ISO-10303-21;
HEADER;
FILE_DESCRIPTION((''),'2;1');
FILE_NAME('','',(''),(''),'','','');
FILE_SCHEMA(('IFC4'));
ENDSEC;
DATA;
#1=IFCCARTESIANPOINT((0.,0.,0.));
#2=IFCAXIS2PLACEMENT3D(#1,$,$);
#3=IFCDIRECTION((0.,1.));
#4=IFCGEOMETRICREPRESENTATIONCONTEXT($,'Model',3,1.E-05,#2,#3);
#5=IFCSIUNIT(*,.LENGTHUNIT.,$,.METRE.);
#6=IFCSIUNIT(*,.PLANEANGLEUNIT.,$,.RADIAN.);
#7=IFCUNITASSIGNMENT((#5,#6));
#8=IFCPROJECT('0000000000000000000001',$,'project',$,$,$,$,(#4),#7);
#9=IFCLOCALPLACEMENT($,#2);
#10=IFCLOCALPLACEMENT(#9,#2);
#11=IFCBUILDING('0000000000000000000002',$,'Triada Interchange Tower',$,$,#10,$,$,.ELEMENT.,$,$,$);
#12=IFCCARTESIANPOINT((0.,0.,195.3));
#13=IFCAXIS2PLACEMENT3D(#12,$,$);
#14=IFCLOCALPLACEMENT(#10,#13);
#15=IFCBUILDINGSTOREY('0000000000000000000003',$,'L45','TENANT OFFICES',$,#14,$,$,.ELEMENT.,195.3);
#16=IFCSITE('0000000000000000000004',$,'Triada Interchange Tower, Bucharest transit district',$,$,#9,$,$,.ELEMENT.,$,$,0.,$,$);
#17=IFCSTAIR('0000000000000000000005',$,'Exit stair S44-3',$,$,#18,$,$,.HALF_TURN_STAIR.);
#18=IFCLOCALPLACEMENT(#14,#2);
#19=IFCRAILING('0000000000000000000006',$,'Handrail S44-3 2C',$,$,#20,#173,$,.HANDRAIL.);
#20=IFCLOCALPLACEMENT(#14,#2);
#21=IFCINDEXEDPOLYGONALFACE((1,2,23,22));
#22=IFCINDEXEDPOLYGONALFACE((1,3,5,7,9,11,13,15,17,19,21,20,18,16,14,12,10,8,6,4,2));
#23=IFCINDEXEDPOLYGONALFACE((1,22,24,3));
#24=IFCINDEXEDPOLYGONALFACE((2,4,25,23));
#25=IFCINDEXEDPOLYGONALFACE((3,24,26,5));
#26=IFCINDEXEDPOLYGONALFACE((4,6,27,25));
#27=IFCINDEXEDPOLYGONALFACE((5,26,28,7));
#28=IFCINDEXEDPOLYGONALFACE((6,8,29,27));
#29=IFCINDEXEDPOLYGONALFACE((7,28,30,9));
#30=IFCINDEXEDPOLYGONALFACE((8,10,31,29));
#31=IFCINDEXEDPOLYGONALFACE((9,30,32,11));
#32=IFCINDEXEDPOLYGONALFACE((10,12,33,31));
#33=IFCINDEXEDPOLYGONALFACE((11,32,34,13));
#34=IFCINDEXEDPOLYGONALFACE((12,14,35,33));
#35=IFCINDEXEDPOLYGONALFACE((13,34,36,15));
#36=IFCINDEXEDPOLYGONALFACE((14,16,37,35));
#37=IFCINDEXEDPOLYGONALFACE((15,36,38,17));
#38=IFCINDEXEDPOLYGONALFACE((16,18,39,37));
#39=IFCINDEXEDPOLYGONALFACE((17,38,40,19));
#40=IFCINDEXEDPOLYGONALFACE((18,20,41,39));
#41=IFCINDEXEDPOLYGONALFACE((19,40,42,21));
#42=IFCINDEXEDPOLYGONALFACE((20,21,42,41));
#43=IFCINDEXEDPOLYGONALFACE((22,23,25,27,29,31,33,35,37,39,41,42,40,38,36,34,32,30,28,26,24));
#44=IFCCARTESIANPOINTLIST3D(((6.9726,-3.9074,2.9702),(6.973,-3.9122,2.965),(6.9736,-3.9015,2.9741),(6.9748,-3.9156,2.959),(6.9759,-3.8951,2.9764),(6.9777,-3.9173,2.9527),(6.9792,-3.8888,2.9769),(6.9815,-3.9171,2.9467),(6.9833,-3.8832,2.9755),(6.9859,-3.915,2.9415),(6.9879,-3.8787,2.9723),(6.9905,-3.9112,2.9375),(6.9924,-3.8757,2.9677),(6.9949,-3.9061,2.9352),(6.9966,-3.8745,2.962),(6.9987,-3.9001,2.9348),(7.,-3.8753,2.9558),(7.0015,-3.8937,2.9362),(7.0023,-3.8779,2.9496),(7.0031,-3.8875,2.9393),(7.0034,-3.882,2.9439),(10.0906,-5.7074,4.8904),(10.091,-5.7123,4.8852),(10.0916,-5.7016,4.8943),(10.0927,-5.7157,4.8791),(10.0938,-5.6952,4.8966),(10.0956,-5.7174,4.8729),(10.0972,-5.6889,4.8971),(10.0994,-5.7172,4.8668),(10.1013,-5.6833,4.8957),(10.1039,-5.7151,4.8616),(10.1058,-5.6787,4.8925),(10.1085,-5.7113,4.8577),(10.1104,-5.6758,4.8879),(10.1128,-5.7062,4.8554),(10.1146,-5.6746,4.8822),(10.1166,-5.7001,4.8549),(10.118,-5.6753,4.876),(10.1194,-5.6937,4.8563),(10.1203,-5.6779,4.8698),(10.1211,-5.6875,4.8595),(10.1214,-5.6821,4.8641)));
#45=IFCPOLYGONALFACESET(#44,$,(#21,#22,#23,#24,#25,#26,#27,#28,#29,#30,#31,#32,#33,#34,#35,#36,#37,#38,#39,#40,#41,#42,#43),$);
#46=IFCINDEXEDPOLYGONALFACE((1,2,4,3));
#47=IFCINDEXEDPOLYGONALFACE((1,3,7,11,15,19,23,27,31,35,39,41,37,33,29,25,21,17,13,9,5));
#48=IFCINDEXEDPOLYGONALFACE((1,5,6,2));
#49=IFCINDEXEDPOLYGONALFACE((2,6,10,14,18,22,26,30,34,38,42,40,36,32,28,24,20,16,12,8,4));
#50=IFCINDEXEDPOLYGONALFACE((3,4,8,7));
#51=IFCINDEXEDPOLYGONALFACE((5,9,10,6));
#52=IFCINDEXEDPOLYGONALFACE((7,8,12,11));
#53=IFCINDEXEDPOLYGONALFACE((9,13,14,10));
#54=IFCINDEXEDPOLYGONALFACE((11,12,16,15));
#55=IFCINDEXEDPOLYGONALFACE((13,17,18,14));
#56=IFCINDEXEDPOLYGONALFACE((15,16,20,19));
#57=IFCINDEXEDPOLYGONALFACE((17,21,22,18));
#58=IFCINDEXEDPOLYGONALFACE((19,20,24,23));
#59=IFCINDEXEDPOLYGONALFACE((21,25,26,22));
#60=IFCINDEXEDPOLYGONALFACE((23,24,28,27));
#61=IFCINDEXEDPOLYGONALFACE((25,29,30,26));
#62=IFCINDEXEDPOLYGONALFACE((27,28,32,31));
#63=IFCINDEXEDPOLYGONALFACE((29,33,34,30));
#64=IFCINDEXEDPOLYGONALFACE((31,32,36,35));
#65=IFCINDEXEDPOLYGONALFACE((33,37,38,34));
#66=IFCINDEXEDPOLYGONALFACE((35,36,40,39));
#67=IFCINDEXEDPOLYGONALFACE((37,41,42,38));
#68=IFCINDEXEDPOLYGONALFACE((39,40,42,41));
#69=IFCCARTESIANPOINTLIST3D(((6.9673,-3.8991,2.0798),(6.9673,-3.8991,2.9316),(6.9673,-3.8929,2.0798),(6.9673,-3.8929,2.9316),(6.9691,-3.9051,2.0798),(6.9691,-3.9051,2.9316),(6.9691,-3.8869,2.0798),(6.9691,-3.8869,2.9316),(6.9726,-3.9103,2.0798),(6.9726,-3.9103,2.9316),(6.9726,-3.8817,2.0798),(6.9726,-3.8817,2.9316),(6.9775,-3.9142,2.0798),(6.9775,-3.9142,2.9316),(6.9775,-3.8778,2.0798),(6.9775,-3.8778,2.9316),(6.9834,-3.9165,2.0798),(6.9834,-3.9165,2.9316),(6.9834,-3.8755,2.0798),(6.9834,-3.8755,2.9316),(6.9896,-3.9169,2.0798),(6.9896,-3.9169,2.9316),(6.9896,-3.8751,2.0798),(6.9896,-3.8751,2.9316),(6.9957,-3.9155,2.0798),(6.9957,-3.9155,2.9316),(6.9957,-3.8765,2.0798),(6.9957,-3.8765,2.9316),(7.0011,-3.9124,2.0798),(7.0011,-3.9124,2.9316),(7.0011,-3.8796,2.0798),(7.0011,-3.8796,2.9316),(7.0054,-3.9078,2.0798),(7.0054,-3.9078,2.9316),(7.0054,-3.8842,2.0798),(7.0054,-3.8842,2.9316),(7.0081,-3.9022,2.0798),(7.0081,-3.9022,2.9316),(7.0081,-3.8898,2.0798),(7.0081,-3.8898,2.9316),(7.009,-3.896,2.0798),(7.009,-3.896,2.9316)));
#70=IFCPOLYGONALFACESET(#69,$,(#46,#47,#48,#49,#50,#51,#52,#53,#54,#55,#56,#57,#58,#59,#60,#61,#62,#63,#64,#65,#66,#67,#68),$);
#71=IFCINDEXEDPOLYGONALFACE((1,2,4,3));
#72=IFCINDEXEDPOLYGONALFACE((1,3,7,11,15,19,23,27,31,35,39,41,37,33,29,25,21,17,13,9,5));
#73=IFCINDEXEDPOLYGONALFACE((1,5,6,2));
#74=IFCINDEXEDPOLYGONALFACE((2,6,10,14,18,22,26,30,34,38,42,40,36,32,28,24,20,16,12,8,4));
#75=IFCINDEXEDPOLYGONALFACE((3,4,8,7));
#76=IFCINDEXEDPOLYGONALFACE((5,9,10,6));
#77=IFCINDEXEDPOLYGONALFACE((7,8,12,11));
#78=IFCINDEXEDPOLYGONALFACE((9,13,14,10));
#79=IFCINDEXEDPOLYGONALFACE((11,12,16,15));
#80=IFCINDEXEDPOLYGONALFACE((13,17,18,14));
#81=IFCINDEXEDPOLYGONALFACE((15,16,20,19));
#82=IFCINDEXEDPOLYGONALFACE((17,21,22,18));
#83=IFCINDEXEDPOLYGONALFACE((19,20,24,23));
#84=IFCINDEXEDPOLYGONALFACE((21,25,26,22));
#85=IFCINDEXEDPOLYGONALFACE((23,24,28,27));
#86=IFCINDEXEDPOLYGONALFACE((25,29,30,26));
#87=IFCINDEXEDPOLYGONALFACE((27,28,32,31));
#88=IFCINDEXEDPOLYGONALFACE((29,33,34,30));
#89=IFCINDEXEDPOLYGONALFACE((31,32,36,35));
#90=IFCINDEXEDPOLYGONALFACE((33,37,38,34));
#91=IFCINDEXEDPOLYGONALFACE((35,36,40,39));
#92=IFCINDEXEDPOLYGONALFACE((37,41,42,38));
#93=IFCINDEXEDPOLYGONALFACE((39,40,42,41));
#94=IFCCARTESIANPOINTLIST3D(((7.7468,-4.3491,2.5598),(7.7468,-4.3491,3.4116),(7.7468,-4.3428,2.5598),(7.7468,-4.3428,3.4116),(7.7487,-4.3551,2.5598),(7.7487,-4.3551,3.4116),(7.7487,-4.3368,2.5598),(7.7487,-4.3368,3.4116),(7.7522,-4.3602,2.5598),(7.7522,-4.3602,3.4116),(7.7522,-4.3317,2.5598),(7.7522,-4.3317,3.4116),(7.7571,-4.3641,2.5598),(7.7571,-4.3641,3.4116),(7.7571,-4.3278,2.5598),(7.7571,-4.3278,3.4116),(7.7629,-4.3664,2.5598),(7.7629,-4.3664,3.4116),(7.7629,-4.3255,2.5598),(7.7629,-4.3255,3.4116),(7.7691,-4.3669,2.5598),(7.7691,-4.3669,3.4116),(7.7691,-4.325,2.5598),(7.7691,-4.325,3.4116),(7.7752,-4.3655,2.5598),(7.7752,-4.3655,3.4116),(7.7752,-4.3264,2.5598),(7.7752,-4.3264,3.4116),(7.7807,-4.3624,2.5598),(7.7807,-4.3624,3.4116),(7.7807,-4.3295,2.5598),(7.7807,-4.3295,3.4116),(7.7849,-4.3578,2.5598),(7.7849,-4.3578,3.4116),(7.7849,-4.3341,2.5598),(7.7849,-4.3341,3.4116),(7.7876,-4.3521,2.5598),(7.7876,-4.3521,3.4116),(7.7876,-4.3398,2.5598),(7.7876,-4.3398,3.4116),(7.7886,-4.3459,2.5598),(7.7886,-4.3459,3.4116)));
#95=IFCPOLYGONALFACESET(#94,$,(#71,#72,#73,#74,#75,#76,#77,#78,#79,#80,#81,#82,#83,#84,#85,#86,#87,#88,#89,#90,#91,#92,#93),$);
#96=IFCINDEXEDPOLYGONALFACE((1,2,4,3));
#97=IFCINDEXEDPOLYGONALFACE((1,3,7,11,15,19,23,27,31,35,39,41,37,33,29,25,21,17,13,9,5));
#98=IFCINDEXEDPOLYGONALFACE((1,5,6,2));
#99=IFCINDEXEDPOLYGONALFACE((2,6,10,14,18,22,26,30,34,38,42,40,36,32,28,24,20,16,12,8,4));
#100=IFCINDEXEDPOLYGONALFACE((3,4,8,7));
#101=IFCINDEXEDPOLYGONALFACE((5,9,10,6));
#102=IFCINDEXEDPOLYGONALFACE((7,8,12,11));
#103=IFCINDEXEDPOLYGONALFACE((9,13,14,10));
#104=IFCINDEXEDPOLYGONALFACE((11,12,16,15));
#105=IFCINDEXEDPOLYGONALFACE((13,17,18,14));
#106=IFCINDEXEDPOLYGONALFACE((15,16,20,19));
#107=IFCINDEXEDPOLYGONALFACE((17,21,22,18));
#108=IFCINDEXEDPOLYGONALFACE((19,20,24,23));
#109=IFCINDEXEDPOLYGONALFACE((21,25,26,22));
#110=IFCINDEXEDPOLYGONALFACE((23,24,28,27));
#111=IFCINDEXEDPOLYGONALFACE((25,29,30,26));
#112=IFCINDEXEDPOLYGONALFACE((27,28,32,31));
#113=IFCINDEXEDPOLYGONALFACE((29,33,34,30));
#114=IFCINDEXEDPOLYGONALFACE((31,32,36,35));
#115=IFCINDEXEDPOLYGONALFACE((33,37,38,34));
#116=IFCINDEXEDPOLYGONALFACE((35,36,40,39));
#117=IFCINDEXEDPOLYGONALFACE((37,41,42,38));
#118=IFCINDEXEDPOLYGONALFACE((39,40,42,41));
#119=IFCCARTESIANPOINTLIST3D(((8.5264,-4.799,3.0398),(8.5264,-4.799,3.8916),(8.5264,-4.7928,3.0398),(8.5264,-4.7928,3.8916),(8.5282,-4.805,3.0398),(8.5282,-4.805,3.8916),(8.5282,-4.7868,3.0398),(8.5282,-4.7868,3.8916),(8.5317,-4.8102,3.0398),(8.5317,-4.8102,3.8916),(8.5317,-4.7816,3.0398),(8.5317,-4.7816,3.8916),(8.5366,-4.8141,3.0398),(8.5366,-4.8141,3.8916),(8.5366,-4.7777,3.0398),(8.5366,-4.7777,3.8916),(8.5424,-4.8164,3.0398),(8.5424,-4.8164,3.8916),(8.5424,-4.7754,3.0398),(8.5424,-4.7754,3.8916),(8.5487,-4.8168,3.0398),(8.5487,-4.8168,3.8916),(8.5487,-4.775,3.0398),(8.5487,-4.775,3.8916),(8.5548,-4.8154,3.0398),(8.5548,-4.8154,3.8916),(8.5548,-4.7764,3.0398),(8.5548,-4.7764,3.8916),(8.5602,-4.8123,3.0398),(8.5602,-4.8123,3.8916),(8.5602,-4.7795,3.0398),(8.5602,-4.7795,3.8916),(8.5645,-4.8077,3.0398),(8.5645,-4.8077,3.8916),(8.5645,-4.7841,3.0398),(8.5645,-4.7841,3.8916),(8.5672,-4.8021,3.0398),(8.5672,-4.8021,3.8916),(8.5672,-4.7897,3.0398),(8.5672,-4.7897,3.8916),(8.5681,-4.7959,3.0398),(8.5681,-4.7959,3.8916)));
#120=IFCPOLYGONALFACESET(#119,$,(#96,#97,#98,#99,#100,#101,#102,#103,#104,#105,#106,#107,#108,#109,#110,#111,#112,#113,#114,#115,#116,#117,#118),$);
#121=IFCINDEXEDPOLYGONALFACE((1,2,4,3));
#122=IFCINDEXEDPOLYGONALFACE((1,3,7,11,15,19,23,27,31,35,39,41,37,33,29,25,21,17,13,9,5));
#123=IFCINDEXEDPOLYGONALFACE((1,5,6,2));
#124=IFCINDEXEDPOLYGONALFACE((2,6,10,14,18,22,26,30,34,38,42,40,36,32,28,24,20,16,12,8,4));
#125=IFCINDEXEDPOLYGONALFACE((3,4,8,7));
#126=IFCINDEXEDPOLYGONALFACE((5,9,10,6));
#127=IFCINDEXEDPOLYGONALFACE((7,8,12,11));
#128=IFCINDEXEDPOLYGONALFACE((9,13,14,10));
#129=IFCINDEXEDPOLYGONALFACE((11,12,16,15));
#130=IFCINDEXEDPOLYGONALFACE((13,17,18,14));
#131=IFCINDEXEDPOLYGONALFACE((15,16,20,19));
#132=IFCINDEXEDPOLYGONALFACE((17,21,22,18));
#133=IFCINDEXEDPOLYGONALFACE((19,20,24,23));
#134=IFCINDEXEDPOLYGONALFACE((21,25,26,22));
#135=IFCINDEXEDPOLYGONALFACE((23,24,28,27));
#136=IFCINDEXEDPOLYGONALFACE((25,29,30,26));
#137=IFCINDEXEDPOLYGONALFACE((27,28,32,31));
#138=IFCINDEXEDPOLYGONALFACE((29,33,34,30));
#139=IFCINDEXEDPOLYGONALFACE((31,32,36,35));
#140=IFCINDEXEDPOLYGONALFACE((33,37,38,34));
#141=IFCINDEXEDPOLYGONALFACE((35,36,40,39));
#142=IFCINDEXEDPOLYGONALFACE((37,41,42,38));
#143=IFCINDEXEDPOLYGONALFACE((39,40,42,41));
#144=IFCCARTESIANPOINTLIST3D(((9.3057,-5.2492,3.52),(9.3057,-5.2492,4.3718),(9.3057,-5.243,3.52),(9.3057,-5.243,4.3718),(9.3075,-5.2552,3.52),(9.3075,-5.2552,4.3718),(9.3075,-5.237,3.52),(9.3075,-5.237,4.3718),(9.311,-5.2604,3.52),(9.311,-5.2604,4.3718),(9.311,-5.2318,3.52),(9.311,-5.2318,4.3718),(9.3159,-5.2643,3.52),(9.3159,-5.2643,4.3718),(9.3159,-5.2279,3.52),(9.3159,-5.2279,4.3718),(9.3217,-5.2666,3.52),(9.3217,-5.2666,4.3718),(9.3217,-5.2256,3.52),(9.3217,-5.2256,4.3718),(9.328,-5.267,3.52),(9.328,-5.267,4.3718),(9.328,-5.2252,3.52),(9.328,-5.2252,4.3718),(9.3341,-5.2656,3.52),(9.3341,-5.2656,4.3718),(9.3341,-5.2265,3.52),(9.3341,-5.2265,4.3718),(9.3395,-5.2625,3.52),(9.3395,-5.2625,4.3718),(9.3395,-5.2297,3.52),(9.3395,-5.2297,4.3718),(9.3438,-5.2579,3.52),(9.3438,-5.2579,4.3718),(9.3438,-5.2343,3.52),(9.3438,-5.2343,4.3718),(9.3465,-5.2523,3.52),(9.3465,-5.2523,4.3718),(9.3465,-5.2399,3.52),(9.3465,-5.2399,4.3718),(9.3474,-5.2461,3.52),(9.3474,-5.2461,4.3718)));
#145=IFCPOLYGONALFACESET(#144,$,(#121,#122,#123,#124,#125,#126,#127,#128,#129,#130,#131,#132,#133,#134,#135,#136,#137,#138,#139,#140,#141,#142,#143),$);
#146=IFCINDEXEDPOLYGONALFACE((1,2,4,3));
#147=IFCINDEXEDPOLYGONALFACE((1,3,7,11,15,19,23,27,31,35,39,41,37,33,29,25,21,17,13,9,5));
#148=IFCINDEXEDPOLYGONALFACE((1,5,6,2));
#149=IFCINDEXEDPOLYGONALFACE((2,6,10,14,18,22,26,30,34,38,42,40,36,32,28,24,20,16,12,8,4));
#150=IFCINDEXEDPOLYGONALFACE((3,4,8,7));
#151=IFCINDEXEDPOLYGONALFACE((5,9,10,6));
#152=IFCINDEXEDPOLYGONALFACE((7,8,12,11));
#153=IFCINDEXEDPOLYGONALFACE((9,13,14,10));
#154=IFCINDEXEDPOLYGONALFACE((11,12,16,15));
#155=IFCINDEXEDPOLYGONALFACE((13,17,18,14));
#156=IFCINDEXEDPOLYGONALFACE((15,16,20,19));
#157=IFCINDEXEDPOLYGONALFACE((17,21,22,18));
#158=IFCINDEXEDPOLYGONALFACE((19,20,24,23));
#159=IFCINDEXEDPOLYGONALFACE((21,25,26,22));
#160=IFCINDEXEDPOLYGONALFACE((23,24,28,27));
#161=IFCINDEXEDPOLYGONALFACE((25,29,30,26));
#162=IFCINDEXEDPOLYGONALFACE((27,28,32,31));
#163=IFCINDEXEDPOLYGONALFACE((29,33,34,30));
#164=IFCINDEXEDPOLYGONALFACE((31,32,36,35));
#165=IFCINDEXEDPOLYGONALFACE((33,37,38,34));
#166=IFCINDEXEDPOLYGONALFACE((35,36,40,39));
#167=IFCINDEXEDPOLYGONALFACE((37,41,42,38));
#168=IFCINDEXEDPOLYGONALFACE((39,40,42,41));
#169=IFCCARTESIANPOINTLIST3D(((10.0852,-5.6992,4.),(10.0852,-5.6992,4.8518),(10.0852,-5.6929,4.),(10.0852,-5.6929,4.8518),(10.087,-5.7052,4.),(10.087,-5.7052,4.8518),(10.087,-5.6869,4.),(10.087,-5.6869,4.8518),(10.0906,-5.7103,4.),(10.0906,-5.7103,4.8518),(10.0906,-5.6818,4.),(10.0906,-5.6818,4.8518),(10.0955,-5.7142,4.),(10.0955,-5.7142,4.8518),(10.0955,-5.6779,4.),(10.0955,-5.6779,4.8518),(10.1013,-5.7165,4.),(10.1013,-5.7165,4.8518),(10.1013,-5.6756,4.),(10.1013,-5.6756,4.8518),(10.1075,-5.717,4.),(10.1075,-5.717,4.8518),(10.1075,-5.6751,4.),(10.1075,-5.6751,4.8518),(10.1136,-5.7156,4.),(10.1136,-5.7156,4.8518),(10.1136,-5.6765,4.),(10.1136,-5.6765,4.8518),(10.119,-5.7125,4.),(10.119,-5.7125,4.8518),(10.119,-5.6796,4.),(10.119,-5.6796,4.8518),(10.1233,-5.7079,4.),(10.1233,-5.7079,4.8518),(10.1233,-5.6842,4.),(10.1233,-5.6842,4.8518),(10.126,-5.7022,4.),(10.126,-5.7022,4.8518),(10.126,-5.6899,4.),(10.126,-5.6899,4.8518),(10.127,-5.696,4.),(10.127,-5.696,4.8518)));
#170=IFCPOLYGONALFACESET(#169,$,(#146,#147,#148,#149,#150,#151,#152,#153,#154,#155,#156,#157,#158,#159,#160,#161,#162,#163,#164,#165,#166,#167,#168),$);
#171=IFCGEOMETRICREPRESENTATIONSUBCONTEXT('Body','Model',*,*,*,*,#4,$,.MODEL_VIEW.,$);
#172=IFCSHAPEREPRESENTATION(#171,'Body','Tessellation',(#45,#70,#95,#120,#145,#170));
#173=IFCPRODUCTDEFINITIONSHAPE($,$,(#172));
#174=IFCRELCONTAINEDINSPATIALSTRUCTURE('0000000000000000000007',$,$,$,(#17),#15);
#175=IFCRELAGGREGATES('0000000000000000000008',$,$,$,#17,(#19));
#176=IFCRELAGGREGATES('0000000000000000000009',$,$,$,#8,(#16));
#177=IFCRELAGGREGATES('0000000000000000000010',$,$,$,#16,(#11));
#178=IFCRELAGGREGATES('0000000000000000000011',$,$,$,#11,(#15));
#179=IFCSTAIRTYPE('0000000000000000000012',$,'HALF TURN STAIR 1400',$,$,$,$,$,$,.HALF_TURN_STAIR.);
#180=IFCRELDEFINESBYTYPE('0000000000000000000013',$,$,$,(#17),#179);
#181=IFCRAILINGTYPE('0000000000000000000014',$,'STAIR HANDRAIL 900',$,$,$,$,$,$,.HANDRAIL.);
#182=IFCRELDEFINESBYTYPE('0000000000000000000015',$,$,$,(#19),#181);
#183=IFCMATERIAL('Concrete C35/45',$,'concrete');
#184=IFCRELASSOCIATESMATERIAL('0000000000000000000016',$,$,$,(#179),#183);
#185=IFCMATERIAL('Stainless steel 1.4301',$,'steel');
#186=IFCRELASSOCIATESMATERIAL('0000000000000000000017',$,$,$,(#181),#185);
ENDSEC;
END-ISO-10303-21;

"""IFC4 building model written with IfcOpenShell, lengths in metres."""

from ifc_helpers import new_model, si_unit, direction, frame, origin, origin_2d, place, context, subcontext, project, spatial, circle, extrude, material, type_object, element, aggregate, save


model = new_model("IFC4")

# Units and contexts
model_context = context("Model", 3, precision=1e-05, world=origin(), true_north=direction((0.0, 1.0)))
body_context = subcontext(model_context, "Body", "Model", "MODEL_VIEW")
ifc_project = project(units=[si_unit("LENGTHUNIT", "METRE"), si_unit("PLANEANGLEUNIT", "RADIAN")], contexts=[model_context])

# Site, building, storey
site_placement = place(None, origin())
site = spatial("IfcSite", under=ifc_project, at=site_placement, Name="Triada Interchange Tower, Bucharest transit district", CompositionType="ELEMENT", RefElevation=0.0)
building_placement = place(site_placement, origin())
building = spatial("IfcBuilding", under=site, at=building_placement, Name="Triada Interchange Tower", CompositionType="ELEMENT")
storey_placement = place(building_placement, frame((0.0, 0.0, 195.3)))
storey = spatial("IfcBuildingStorey", under=building, at=storey_placement, Name="L45", Description="TENANT OFFICES", CompositionType="ELEMENT", Elevation=195.3)

# Stair, railing
ifc_material_1 = material(Name="Concrete C35/45", Category="concrete")
stair_type = type_object("IfcStairType", Name="HALF TURN STAIR 1400", PredefinedType="HALF_TURN_STAIR", material=ifc_material_1)
stair_placement = place(storey_placement, origin())
stair = element("IfcStair", 1, at=stair_placement, inside=storey, type_object=stair_type, Name="Exit stair S44-3", PredefinedType="HALF_TURN_STAIR")
ifc_material_2 = material(Name="Stainless steel 1.4301", Category="steel")
railing_type = type_object("IfcRailingType", Name="STAIR HANDRAIL 900", PredefinedType="HANDRAIL", material=ifc_material_2)
railing_1_placement = place(storey_placement, frame((6.988, -3.896, 2.0798)))
railing_1 = element("IfcRailing", 2, at=railing_1_placement, type_object=railing_type, Name="Handrail S44-3 2C", PredefinedType="HANDRAIL", context=body_context, shape_type="SweptSolid", body=[
    extrude(circle(Radius=0.0239, at=origin_2d()), frame((0.0, 0.0, 0.876), z_axis=(0.764145, -0.441159, 0.470597), x_axis=(0.499983, 0.866035, 0.0)), (0.0, 0.0, 1.0), 4.0803),
    extrude(circle(Radius=0.021, at=origin_2d()), origin(), (0.0, 0.0, 1.0), 0.8518),
    extrude(circle(Radius=0.021, at=origin_2d()), frame((0.7795, -0.45, 0.48)), (0.0, 0.0, 1.0), 0.8518),
    extrude(circle(Radius=0.021, at=origin_2d()), frame((1.5591, -0.8999, 0.96)), (0.0, 0.0, 1.0), 0.8518),
    extrude(circle(Radius=0.021, at=origin_2d()), frame((2.3384, -1.3501, 1.4402)), (0.0, 0.0, 1.0), 0.8518),
    extrude(circle(Radius=0.021, at=origin_2d()), frame((3.1179, -1.8, 1.9202)), (0.0, 0.0, 1.0), 0.8518),
])
aggregate(stair, [railing_1])

save(model, "model.ifc")
